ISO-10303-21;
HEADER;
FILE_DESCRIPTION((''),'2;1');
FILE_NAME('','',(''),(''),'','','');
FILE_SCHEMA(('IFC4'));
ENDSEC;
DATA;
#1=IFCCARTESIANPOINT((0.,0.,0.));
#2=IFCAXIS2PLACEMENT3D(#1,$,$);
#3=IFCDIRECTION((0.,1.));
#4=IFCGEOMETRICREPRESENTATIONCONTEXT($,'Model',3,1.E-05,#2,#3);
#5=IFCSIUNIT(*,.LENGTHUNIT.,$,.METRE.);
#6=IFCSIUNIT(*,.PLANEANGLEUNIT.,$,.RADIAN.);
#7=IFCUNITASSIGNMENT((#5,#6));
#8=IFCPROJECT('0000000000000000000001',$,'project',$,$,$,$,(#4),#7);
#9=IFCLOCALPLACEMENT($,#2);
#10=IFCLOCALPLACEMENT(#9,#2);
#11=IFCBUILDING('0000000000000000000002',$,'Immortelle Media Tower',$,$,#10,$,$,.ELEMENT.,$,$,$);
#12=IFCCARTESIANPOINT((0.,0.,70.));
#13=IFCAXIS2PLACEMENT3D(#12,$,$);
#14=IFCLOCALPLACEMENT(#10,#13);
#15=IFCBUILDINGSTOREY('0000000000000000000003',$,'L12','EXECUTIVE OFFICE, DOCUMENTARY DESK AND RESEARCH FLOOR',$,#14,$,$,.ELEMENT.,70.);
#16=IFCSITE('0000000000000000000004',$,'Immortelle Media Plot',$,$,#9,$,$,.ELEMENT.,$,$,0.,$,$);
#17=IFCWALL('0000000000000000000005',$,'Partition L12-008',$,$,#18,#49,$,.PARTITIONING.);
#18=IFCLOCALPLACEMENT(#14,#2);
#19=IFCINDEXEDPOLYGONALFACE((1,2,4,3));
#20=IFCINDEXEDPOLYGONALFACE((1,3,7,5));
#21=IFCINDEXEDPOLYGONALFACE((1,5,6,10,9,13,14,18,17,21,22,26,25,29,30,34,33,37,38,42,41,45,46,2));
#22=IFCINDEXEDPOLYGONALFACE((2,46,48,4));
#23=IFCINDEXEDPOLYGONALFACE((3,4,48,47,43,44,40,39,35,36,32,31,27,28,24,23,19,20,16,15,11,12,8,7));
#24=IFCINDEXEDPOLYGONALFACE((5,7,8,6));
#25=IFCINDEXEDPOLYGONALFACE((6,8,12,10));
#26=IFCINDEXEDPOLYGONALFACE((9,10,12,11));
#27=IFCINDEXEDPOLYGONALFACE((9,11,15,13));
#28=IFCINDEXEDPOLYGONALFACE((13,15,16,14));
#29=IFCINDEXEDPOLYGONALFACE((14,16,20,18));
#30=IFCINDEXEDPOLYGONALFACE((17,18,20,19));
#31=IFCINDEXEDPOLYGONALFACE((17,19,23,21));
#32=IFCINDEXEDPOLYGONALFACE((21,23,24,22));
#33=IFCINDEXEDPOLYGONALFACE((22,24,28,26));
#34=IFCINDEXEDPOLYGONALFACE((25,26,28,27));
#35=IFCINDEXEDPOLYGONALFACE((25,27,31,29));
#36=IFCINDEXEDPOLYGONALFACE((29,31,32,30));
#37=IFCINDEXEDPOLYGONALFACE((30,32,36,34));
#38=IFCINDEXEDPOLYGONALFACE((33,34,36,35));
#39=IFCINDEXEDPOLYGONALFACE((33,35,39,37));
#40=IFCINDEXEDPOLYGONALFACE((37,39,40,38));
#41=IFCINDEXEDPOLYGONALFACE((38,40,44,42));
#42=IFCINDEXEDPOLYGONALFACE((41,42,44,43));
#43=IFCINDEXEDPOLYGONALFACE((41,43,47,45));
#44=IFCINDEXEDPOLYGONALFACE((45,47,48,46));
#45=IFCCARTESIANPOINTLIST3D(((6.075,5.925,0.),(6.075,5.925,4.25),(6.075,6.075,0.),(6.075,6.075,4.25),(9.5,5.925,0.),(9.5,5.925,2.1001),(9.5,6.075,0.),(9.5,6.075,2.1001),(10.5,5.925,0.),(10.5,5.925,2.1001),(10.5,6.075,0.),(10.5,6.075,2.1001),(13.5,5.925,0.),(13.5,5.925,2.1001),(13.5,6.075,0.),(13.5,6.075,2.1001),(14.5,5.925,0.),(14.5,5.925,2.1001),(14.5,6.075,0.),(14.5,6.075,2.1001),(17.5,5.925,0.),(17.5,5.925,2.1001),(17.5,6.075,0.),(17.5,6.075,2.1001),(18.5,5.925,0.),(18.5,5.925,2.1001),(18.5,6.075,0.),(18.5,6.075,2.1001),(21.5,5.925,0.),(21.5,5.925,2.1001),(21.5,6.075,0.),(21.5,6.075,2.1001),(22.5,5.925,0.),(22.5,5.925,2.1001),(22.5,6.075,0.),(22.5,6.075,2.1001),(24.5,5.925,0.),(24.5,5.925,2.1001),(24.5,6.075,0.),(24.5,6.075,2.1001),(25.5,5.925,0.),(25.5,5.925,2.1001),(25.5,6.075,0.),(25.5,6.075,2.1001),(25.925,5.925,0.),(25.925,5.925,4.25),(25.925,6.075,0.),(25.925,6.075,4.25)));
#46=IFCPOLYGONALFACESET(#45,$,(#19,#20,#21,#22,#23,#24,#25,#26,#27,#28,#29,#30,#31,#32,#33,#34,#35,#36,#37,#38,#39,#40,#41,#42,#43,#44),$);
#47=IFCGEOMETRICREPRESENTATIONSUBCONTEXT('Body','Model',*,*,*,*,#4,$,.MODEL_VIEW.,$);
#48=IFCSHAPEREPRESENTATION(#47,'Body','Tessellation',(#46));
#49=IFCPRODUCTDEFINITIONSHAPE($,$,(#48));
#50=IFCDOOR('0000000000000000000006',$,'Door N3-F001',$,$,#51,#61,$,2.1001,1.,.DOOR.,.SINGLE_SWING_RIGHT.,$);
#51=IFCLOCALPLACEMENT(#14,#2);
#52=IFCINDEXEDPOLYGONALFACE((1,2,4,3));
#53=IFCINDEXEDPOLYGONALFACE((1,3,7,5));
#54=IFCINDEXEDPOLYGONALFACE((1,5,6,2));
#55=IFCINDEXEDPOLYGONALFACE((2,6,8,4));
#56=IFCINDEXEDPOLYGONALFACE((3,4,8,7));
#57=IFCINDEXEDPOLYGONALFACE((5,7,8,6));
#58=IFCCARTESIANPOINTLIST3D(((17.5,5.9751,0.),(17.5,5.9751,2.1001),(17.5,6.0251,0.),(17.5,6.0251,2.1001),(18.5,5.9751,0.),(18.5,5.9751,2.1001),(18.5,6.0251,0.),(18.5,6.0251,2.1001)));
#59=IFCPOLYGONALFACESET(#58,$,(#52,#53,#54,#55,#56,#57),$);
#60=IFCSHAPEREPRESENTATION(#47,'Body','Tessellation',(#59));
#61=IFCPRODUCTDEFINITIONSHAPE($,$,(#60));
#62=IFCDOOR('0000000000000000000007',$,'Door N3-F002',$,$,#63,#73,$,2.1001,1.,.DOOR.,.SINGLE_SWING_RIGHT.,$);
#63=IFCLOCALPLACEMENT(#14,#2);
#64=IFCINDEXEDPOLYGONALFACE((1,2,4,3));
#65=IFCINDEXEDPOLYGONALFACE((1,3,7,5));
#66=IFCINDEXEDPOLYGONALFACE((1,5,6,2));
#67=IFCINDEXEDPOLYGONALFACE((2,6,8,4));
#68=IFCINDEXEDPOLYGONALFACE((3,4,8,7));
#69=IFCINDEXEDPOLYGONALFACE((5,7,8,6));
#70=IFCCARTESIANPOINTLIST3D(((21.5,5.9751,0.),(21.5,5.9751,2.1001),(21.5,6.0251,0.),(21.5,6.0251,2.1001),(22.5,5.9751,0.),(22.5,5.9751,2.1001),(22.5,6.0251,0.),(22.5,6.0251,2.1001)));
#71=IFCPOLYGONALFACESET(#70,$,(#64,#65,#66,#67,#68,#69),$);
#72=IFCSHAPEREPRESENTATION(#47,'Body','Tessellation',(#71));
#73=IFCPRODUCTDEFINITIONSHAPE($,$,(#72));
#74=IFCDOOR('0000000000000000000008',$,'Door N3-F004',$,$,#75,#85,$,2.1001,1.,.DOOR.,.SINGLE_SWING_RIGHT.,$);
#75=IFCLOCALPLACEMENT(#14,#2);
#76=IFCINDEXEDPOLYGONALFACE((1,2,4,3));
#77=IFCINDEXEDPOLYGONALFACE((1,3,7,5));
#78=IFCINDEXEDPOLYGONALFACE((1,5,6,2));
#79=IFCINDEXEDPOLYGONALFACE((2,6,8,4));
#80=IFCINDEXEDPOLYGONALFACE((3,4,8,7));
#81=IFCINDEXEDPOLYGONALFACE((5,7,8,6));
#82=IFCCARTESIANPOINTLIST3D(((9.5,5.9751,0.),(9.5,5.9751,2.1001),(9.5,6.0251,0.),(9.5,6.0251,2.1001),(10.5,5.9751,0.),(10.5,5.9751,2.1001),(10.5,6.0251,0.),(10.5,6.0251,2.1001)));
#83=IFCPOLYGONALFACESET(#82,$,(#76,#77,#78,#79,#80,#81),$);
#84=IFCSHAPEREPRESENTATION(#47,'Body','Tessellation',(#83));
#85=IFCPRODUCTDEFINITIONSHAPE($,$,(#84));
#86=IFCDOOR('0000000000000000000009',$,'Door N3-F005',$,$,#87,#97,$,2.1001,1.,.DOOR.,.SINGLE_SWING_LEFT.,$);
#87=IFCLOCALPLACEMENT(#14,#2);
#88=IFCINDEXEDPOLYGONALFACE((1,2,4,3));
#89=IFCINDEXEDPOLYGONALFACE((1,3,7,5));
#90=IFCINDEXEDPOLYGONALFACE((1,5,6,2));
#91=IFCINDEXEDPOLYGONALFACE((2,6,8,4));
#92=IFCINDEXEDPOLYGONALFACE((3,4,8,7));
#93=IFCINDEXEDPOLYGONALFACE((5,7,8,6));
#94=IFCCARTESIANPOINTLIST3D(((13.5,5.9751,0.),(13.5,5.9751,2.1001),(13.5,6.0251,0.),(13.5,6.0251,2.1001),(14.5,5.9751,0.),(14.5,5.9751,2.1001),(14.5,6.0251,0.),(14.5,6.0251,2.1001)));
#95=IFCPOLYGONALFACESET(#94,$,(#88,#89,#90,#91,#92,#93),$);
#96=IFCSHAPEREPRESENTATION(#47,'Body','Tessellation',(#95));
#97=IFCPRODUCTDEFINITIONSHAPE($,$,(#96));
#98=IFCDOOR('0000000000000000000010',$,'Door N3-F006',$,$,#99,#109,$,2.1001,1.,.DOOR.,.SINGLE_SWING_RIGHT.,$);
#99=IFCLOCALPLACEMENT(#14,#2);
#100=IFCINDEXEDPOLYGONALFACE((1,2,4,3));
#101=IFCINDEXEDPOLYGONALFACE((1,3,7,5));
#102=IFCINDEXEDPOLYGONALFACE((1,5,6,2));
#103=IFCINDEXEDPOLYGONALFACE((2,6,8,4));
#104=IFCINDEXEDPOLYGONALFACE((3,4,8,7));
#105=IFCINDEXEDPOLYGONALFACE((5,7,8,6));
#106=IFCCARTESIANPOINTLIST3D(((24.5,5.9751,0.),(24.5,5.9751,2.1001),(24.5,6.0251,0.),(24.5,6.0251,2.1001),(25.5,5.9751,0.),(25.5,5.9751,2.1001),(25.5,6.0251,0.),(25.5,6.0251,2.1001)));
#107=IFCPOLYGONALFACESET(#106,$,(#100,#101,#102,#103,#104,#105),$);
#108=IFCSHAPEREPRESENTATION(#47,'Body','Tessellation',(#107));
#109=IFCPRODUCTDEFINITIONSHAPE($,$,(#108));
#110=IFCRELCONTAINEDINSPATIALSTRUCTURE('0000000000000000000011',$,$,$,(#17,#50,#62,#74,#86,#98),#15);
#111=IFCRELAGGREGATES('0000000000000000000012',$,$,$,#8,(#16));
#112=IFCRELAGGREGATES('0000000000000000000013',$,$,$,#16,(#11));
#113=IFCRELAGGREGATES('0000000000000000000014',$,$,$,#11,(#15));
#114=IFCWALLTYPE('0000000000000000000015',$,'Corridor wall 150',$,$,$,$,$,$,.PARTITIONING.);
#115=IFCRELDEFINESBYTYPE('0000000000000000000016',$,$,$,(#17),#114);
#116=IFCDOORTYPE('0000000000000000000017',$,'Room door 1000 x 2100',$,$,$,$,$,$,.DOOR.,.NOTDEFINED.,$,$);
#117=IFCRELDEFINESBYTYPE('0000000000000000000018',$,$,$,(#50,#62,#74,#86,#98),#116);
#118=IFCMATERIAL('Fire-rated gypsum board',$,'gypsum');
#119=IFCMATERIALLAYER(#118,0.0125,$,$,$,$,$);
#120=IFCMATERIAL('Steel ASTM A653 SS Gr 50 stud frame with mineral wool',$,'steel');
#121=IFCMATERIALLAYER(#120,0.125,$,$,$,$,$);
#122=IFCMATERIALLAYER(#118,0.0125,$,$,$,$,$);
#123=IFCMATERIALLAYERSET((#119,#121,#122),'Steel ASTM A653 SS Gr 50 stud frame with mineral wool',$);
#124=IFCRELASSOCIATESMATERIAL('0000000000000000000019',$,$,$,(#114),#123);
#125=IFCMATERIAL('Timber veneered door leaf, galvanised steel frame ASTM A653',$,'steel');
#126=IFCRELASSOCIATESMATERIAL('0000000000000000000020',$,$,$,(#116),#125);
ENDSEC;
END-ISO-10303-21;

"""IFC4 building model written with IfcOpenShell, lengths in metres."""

from ifc_helpers import new_model, si_unit, direction, frame, frame_2d, origin, place, context, subcontext, project, spatial, rectangle, extrude, material, layer, layer_set, type_object, element, fill, save


model = new_model("IFC4")

# Units and contexts
model_context = context("Model", 3, precision=1e-05, world=origin(), true_north=direction((0.0, 1.0)))
body_context = subcontext(model_context, "Body", "Model", "MODEL_VIEW")
ifc_project = project(units=[si_unit("LENGTHUNIT", "METRE"), si_unit("PLANEANGLEUNIT", "RADIAN")], contexts=[model_context])

# Site, building, storey
site_placement = place(None, origin())
site = spatial("IfcSite", under=ifc_project, at=site_placement, Name="Immortelle Media Plot", CompositionType="ELEMENT", RefElevation=0.0)
building_placement = place(site_placement, origin())
building = spatial("IfcBuilding", under=site, at=building_placement, Name="Immortelle Media Tower", CompositionType="ELEMENT")
storey_placement = place(building_placement, frame((0.0, 0.0, 70.0)))
storey = spatial("IfcBuildingStorey", under=building, at=storey_placement, Name="L12", Description="EXECUTIVE OFFICE, DOCUMENTARY DESK AND RESEARCH FLOOR", CompositionType="ELEMENT", Elevation=70.0)

# Wall, openings, doors
ifc_material_1 = material(Name="Fire-rated gypsum board", Category="gypsum")
ifc_layer_1 = layer(ifc_material_1, 0.0125)
ifc_material_2 = material(Name="Steel ASTM A653 SS Gr 50 stud frame with mineral wool", Category="steel")
ifc_layer_2 = layer(ifc_material_2, 0.125)
ifc_layer_3 = layer(ifc_material_1, 0.0125)
ifc_layer_set_1 = layer_set([ifc_layer_1, ifc_layer_2, ifc_layer_3], Name="Steel ASTM A653 SS Gr 50 stud frame with mineral wool")
wall_type_1 = type_object("IfcWallType", Name="Corridor wall 150", PredefinedType="PARTITIONING", material=ifc_layer_set_1)
wall_1_placement = place(storey_placement, frame((6.075, 6.0, 0.0), z_axis=(0.0, 0.0, 1.0), x_axis=(1.0, 0.0, 0.0)))
wall_1 = element("IfcWall", 1, at=wall_1_placement, inside=storey, type_object=wall_type_1, Name="Partition L12-008", PredefinedType="PARTITIONING", context=body_context, shape_type="SweptSolid", body=[
    extrude(rectangle(XDim=19.8501, YDim=0.1499, at=frame_2d((9.925, 0.0))), origin(), (0.0, 0.0, 1.0), 4.25),
])
opening_1_placement = place(wall_1_placement, frame((12.425, 0.0, 0.0), z_axis=(0.0, 0.0, 1.0), x_axis=(-1.0, 0.0, 0.0)))
opening_1 = element("IfcOpeningElement", 2, at=opening_1_placement, cuts=wall_1, PredefinedType="OPENING", context=body_context, shape_type="SweptSolid", body=[
    extrude(rectangle(XDim=1.0, YDim=2.1001, at=frame_2d((0.5, 1.05))), frame((0.0, 0.085, 0.0), z_axis=(0.0, -1.0, 0.0), x_axis=(1.0, 0.0, 0.0)), (0.0, 0.0, 1.0), 0.1699),
])
opening_2_placement = place(wall_1_placement, frame((16.425, 0.0, 0.0), z_axis=(0.0, 0.0, 1.0), x_axis=(-1.0, 0.0, 0.0)))
opening_2 = element("IfcOpeningElement", 3, at=opening_2_placement, cuts=wall_1, PredefinedType="OPENING", context=body_context, shape_type="SweptSolid", body=[
    extrude(rectangle(XDim=1.0, YDim=2.1001, at=frame_2d((0.5, 1.05))), frame((0.0, 0.085, 0.0), z_axis=(0.0, -1.0, 0.0), x_axis=(1.0, 0.0, 0.0)), (0.0, 0.0, 1.0), 0.1699),
])
opening_3_placement = place(wall_1_placement, frame((4.425, 0.0, 0.0), z_axis=(0.0, 0.0, 1.0), x_axis=(-1.0, 0.0, 0.0)))
opening_3 = element("IfcOpeningElement", 4, at=opening_3_placement, cuts=wall_1, PredefinedType="OPENING", context=body_context, shape_type="SweptSolid", body=[
    extrude(rectangle(XDim=1.0, YDim=2.1001, at=frame_2d((0.5, 1.05))), frame((0.0, 0.085, 0.0), z_axis=(0.0, -1.0, 0.0), x_axis=(1.0, 0.0, 0.0)), (0.0, 0.0, 1.0), 0.1699),
])
opening_4_placement = place(wall_1_placement, frame((8.425, 0.0, 0.0), z_axis=(0.0, 0.0, 1.0), x_axis=(-1.0, 0.0, 0.0)))
opening_4 = element("IfcOpeningElement", 5, at=opening_4_placement, cuts=wall_1, PredefinedType="OPENING", context=body_context, shape_type="SweptSolid", body=[
    extrude(rectangle(XDim=1.0, YDim=2.1001, at=frame_2d((0.5, 1.05))), frame((0.0, 0.085, 0.0), z_axis=(0.0, -1.0, 0.0), x_axis=(1.0, 0.0, 0.0)), (0.0, 0.0, 1.0), 0.1699),
])
opening_5_placement = place(wall_1_placement, frame((19.425, 0.0, 0.0), z_axis=(0.0, 0.0, 1.0), x_axis=(-1.0, 0.0, 0.0)))
opening_5 = element("IfcOpeningElement", 6, at=opening_5_placement, cuts=wall_1, PredefinedType="OPENING", context=body_context, shape_type="SweptSolid", body=[
    extrude(rectangle(XDim=1.0, YDim=2.1001, at=frame_2d((0.5, 1.05))), frame((0.0, 0.085, 0.0), z_axis=(0.0, -1.0, 0.0), x_axis=(1.0, 0.0, 0.0)), (0.0, 0.0, 1.0), 0.1699),
])
ifc_material_3 = material(Name="Timber veneered door leaf, galvanised steel frame ASTM A653", Category="steel")
door_type_1 = type_object("IfcDoorType", Name="Room door 1000 x 2100", OperationType="NOTDEFINED", PredefinedType="DOOR", material=ifc_material_3)
door_1_placement = place(opening_1_placement, origin())
door_1 = element("IfcDoor", 7, at=door_1_placement, inside=storey, type_object=door_type_1, Name="Door N3-F001", OperationType="SINGLE_SWING_RIGHT", OverallHeight=2.1001, OverallWidth=1.0, PredefinedType="DOOR", context=body_context, shape_type="SweptSolid", body=[
    extrude(rectangle(XDim=1.0, YDim=2.1001, at=frame_2d((0.5, 1.05))), frame((0.0, 0.0249, 0.0), z_axis=(0.0, -1.0, 0.0), x_axis=(1.0, 0.0, 0.0)), (0.0, 0.0, 1.0), 0.05),
])
fill(opening_1, door_1)
door_2_placement = place(opening_2_placement, origin())
door_2 = element("IfcDoor", 8, at=door_2_placement, inside=storey, type_object=door_type_1, Name="Door N3-F002", OperationType="SINGLE_SWING_RIGHT", OverallHeight=2.1001, OverallWidth=1.0, PredefinedType="DOOR", context=body_context, shape_type="SweptSolid", body=[
    extrude(rectangle(XDim=1.0, YDim=2.1001, at=frame_2d((0.5, 1.05))), frame((0.0, 0.0249, 0.0), z_axis=(0.0, -1.0, 0.0), x_axis=(1.0, 0.0, 0.0)), (0.0, 0.0, 1.0), 0.05),
])
fill(opening_2, door_2)
door_3_placement = place(opening_3_placement, origin())
door_3 = element("IfcDoor", 9, at=door_3_placement, inside=storey, type_object=door_type_1, Name="Door N3-F004", OperationType="SINGLE_SWING_RIGHT", OverallHeight=2.1001, OverallWidth=1.0, PredefinedType="DOOR", context=body_context, shape_type="SweptSolid", body=[
    extrude(rectangle(XDim=1.0, YDim=2.1001, at=frame_2d((0.5, 1.05))), frame((0.0, 0.0249, 0.0), z_axis=(0.0, -1.0, 0.0), x_axis=(1.0, 0.0, 0.0)), (0.0, 0.0, 1.0), 0.05),
])
fill(opening_3, door_3)
door_4_placement = place(opening_4_placement, origin())
door_4 = element("IfcDoor", 10, at=door_4_placement, inside=storey, type_object=door_type_1, Name="Door N3-F005", OperationType="SINGLE_SWING_LEFT", OverallHeight=2.1001, OverallWidth=1.0, PredefinedType="DOOR", context=body_context, shape_type="SweptSolid", body=[
    extrude(rectangle(XDim=1.0, YDim=2.1001, at=frame_2d((0.5, 1.05))), frame((0.0, 0.0249, 0.0), z_axis=(0.0, -1.0, 0.0), x_axis=(1.0, 0.0, 0.0)), (0.0, 0.0, 1.0), 0.05),
])
fill(opening_4, door_4)
door_5_placement = place(opening_5_placement, origin())
door_5 = element("IfcDoor", 11, at=door_5_placement, inside=storey, type_object=door_type_1, Name="Door N3-F006", OperationType="SINGLE_SWING_RIGHT", OverallHeight=2.1001, OverallWidth=1.0, PredefinedType="DOOR", context=body_context, shape_type="SweptSolid", body=[
    extrude(rectangle(XDim=1.0, YDim=2.1001, at=frame_2d((0.5, 1.05))), frame((0.0, 0.0249, 0.0), z_axis=(0.0, -1.0, 0.0), x_axis=(1.0, 0.0, 0.0)), (0.0, 0.0, 1.0), 0.05),
])
fill(opening_5, door_5)

save(model, "model.ifc")
